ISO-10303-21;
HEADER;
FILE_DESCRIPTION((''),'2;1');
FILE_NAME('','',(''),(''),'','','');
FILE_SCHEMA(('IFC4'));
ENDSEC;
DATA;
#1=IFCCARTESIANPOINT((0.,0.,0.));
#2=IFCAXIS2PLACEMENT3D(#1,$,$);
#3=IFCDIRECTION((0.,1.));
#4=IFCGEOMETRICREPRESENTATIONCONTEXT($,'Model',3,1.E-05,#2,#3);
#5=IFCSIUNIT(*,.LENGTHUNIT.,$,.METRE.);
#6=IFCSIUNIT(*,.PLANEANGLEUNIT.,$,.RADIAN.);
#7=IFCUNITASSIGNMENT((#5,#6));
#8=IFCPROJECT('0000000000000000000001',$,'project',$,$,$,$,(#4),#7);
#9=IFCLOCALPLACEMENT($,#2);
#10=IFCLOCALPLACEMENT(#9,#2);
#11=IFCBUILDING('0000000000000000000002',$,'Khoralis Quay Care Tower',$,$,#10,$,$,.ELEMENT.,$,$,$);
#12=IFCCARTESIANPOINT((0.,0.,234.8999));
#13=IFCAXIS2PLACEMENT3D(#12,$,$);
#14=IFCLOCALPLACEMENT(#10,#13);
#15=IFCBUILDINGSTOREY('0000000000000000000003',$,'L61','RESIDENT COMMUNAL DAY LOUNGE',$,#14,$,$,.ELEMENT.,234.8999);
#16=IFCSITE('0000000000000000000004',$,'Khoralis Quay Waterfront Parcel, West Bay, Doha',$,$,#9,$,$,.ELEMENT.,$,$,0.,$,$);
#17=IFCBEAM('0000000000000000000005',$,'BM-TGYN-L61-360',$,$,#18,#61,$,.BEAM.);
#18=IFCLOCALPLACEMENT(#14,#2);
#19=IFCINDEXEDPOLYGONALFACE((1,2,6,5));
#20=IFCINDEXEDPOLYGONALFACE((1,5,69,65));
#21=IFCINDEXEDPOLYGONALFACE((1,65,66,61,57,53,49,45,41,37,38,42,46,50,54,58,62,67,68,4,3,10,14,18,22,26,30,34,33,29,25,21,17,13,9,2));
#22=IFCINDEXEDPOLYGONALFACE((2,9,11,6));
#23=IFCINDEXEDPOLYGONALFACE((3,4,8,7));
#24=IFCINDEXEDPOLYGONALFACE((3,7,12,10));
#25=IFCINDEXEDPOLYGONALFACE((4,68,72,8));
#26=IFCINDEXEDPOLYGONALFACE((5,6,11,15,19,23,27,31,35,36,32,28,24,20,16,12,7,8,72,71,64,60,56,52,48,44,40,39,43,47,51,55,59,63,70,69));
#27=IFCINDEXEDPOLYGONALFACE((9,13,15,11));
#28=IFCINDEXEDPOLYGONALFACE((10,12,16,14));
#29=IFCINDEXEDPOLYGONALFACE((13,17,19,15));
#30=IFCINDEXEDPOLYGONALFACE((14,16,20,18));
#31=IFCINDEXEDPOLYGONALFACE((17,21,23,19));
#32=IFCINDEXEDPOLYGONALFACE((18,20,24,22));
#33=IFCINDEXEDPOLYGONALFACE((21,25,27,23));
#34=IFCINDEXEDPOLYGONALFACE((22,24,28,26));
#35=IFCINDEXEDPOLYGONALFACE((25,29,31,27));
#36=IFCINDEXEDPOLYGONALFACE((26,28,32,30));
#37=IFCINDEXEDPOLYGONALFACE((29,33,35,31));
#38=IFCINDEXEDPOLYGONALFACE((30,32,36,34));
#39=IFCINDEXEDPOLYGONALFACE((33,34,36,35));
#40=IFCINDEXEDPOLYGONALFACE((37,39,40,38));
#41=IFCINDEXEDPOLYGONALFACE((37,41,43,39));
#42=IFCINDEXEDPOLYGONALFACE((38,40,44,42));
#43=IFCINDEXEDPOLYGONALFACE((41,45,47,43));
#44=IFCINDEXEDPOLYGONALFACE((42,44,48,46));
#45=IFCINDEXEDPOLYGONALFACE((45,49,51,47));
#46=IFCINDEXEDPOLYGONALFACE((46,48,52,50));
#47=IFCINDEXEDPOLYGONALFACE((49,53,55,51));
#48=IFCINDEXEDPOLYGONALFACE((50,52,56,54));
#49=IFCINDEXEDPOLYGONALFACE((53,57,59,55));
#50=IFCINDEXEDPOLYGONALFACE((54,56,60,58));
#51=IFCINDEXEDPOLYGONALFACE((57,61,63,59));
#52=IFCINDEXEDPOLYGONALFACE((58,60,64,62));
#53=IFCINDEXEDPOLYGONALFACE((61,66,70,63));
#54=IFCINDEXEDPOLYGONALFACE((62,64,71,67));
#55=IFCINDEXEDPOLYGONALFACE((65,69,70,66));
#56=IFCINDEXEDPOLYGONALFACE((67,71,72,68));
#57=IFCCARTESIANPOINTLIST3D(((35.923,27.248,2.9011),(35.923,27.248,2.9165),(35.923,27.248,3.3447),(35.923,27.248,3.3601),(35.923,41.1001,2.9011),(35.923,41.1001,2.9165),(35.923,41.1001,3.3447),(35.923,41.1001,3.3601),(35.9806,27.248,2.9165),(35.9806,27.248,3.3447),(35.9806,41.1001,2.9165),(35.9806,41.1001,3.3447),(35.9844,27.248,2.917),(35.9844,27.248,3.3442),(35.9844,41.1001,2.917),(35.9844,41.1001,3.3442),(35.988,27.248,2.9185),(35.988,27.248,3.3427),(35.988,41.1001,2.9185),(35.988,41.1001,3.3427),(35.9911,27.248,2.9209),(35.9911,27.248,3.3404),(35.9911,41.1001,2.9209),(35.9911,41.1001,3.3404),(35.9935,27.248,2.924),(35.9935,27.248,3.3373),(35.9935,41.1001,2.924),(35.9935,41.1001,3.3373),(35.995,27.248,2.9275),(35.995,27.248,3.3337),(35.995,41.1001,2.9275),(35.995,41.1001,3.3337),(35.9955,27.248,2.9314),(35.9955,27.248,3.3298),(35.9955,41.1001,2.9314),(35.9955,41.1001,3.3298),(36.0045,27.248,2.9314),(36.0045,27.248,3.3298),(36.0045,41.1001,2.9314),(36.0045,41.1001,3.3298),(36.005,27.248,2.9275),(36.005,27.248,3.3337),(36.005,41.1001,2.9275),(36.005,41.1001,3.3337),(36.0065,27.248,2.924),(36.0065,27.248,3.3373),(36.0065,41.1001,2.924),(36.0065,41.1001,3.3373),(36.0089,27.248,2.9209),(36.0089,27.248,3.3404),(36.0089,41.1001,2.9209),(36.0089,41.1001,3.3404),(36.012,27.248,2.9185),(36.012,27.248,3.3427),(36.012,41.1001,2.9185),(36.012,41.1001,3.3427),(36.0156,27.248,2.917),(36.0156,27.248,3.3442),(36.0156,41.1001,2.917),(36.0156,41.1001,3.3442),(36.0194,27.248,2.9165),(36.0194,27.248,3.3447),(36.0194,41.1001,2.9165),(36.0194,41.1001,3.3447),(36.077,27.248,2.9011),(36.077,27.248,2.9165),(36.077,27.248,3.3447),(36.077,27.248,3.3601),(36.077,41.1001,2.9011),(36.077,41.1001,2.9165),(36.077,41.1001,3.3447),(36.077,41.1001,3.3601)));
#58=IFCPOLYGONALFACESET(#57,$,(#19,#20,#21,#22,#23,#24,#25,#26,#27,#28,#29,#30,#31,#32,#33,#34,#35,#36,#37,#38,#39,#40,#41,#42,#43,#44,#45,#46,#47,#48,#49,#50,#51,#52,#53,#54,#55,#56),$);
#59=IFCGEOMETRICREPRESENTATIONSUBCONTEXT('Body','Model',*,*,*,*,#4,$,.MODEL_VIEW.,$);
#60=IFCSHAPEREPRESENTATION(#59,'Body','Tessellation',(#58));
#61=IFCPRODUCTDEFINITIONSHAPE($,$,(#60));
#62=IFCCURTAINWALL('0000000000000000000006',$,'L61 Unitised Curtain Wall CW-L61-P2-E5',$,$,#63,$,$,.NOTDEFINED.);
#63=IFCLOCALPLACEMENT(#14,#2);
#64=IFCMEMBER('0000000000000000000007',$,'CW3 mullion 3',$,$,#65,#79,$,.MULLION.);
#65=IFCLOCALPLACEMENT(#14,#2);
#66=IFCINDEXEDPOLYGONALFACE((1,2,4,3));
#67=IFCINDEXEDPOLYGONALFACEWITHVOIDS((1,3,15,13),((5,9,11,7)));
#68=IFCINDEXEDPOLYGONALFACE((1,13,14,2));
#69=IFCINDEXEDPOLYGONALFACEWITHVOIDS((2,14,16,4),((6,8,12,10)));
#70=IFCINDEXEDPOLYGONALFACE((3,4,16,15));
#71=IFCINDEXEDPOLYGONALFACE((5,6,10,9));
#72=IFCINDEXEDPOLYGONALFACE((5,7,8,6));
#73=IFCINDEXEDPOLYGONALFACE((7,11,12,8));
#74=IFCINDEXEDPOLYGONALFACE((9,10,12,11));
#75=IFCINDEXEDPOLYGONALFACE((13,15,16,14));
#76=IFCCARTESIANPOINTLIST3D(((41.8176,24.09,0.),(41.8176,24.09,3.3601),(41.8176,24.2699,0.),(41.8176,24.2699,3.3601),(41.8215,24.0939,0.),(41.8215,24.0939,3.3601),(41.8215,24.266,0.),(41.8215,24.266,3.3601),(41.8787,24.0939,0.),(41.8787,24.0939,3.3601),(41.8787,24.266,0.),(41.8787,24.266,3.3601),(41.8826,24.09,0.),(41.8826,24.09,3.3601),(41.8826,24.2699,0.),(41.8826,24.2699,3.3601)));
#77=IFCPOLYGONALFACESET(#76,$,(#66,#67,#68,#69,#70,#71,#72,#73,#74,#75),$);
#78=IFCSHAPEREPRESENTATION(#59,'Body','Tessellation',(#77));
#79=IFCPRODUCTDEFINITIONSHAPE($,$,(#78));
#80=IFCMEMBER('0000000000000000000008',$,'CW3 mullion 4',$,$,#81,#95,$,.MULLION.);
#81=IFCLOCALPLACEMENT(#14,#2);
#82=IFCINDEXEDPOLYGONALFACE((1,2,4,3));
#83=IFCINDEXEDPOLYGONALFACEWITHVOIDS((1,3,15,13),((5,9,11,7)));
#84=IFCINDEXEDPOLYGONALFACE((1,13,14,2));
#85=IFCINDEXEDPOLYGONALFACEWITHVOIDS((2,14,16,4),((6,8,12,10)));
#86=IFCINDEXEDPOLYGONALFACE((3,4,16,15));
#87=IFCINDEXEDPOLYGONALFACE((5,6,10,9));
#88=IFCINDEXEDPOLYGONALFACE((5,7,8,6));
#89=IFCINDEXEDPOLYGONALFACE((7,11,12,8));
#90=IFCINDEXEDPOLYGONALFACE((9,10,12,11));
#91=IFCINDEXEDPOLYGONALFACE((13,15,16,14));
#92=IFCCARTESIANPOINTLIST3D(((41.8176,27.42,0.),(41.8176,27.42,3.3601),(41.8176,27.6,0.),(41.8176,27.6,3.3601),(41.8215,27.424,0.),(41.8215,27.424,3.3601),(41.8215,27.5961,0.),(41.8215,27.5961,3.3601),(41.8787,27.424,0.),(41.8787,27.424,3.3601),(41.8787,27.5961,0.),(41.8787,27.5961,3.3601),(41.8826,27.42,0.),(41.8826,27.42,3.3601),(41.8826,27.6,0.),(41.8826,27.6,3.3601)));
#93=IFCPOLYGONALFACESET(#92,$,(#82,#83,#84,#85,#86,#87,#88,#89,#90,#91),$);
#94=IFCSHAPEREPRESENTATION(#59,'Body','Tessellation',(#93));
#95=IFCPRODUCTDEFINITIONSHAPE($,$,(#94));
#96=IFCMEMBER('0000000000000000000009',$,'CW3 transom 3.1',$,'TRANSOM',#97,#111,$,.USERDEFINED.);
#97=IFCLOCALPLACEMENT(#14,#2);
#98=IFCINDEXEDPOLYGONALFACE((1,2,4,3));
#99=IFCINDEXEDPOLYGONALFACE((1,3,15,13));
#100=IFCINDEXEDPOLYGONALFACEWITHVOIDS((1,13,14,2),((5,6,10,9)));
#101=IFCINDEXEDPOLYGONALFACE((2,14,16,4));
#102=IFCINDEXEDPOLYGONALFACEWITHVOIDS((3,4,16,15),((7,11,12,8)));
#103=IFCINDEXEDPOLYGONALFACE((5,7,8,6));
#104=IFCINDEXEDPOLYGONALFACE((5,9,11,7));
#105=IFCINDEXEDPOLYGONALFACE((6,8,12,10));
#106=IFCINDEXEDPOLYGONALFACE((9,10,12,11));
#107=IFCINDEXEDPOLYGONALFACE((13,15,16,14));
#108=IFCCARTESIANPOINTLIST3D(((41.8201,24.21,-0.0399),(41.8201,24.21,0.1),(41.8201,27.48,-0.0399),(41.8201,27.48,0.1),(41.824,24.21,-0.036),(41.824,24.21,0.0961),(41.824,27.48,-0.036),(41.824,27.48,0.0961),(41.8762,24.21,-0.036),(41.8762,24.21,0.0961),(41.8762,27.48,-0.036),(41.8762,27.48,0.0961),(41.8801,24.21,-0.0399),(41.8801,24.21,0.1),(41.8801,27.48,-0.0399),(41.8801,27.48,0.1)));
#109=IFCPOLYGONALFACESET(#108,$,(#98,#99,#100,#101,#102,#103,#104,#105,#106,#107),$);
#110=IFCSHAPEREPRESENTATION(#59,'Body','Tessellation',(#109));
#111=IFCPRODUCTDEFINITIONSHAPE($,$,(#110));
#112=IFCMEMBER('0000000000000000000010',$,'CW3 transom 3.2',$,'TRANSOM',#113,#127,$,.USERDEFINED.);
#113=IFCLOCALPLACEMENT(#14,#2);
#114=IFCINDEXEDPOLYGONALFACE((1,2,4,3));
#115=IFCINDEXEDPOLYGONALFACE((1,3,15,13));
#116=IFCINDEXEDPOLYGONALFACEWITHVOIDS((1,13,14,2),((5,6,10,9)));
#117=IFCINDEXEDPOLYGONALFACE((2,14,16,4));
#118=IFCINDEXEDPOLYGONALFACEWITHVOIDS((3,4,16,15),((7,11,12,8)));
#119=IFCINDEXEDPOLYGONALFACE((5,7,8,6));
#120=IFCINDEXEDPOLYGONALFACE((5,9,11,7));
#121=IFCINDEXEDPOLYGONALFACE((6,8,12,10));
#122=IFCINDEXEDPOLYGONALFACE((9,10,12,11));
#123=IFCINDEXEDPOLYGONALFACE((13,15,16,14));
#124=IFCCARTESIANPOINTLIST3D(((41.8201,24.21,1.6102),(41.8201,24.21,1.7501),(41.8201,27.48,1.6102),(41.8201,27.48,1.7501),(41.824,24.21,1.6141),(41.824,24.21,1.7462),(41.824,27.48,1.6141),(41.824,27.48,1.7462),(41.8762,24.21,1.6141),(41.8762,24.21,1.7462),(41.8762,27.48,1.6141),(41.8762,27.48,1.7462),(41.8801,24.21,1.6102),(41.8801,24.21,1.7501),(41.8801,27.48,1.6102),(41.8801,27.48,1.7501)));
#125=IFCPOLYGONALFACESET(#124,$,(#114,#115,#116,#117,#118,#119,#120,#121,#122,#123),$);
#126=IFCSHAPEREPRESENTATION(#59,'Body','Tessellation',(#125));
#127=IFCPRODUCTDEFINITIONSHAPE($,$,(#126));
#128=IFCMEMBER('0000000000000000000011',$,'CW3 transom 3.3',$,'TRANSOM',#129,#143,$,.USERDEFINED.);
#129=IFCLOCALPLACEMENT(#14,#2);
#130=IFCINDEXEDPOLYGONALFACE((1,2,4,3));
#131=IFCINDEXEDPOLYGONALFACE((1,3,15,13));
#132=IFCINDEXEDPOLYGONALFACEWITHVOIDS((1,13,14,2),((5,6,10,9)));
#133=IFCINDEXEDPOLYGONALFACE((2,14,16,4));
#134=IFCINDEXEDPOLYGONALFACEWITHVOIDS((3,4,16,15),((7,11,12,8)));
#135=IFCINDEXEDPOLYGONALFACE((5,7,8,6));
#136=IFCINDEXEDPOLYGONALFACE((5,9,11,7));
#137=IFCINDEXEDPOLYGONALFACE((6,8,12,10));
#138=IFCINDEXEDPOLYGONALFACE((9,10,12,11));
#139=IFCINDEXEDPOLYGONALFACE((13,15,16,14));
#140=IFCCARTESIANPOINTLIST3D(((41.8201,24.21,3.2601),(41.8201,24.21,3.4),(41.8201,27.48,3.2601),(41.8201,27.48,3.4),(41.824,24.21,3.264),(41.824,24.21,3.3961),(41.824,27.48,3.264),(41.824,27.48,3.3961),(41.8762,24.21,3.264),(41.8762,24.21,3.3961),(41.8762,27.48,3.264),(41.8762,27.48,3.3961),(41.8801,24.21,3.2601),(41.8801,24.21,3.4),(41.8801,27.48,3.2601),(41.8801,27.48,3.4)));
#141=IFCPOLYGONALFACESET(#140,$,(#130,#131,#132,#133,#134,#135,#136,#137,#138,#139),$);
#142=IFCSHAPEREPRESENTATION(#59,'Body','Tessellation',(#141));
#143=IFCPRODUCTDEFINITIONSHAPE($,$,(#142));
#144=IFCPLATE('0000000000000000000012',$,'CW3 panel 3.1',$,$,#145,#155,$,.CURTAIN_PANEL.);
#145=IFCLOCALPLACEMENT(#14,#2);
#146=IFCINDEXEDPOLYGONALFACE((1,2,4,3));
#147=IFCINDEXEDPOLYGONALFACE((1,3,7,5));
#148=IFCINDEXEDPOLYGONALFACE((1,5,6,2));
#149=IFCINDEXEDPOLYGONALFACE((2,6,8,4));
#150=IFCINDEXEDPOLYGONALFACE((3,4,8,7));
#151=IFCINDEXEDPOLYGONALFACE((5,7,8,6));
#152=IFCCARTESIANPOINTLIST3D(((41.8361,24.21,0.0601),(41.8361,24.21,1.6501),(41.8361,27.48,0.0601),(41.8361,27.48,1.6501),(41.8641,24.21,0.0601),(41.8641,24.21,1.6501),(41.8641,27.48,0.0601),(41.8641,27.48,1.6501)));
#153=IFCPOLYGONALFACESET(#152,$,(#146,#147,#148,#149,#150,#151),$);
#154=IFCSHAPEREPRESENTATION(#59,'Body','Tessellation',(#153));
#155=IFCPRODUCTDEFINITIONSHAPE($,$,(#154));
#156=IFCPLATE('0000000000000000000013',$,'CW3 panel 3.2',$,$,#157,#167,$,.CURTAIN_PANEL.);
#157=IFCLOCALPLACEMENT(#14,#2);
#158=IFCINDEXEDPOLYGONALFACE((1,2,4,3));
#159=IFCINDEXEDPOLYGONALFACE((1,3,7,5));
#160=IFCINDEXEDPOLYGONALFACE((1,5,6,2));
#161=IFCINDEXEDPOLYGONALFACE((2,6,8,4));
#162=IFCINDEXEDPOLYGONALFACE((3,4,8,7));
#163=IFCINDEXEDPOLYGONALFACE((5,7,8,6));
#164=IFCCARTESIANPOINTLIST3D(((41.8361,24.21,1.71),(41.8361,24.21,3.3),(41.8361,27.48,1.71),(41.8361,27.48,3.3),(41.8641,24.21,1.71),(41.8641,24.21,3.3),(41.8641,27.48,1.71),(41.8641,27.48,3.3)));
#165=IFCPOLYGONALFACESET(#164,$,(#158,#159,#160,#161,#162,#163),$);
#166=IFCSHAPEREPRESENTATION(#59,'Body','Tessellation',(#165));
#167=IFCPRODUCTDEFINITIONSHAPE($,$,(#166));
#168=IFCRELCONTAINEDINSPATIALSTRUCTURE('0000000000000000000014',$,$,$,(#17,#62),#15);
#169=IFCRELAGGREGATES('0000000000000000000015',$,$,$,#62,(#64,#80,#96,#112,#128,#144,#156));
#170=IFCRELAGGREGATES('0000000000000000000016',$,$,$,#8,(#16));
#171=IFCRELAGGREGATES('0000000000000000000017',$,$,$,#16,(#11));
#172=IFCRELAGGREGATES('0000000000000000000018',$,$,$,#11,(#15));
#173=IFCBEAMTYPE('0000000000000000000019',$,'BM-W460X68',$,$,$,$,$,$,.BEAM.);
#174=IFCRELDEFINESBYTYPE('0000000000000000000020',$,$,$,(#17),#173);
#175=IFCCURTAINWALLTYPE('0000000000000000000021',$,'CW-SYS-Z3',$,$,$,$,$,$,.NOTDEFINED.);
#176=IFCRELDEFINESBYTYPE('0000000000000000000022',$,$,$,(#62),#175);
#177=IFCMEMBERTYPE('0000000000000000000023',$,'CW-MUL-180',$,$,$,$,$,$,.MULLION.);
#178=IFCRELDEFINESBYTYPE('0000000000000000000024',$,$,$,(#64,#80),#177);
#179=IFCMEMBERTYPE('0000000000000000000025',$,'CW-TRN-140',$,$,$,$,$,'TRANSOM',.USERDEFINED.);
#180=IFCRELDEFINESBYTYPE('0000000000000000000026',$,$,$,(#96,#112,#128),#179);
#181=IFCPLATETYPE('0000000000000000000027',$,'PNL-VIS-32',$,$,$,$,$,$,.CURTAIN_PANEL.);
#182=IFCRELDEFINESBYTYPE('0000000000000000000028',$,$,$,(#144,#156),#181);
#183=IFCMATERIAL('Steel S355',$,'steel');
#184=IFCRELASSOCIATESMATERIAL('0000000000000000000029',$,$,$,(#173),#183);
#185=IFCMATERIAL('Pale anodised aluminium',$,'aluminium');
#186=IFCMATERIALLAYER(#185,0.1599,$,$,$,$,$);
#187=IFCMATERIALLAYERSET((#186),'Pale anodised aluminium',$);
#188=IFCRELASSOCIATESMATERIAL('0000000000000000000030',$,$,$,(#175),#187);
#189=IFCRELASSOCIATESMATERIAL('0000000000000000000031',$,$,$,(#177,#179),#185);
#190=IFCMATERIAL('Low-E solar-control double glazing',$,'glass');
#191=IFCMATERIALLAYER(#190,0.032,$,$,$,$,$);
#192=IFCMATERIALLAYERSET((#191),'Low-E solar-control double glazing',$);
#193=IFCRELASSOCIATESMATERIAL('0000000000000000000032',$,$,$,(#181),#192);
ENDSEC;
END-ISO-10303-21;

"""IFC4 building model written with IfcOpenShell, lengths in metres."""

from ifc_helpers import new_model, si_unit, direction, frame, origin, origin_2d, place, context, subcontext, project, spatial, rectangle, hollow_rectangle, i_section, extrude, source, transform, mapped, material, layer, layer_set, material_profile, profile_set, type_object, element, aggregate, save


model = new_model("IFC4")

# Units and contexts
model_context = context("Model", 3, precision=1e-05, world=origin(), true_north=direction((0.0, 1.0)))
body_context = subcontext(model_context, "Body", "Model", "MODEL_VIEW")
ifc_project = project(units=[si_unit("LENGTHUNIT", "METRE"), si_unit("PLANEANGLEUNIT", "RADIAN")], contexts=[model_context])

# Site, building, storey
site_placement = place(None, origin())
site = spatial("IfcSite", under=ifc_project, at=site_placement, Name="Khoralis Quay Waterfront Parcel, West Bay, Doha", CompositionType="ELEMENT", RefElevation=0.0)
building_placement = place(site_placement, origin())
building = spatial("IfcBuilding", under=site, at=building_placement, Name="Khoralis Quay Care Tower", CompositionType="ELEMENT")
storey_placement = place(building_placement, frame((0.0, 0.0, 234.8999)))
storey = spatial("IfcBuildingStorey", under=building, at=storey_placement, Name="L61", Description="RESIDENT COMMUNAL DAY LOUNGE", CompositionType="ELEMENT", Elevation=234.8999)

# Beam
ifc_material_1 = material(Name="Steel S355", Category="steel")
ifc_material_profile_1 = material_profile(ifc_material_1, i_section(OverallWidth=0.1541, OverallDepth=0.459, WebThickness=0.009, FlangeThickness=0.0154, FilletRadius=0.0149, at=origin_2d()), Name="Steel S355")
ifc_profile_set_1 = profile_set([ifc_material_profile_1], Name="Steel S355")
beam_type_1 = type_object("IfcBeamType", Name="BM-W460X68", PredefinedType="BEAM", material=ifc_profile_set_1)
shared_shape_1 = source(origin(), body_context, "Body", "SweptSolid", [
    extrude(i_section(OverallWidth=0.1541, OverallDepth=0.459, WebThickness=0.009, FlangeThickness=0.0154, FilletRadius=0.0149, at=origin_2d()), origin(), (0.0, 0.0, 1.0), 13.8521),
])
beam_1_placement = place(storey_placement, frame((36.0, 27.248, 3.1306), z_axis=(0.0, 1.0, 0.0), x_axis=(-1.0, 0.0, 0.0)))
element("IfcBeam", 1, at=beam_1_placement, inside=storey, type_object=beam_type_1, Name="BM-TGYN-L61-360", PredefinedType="BEAM", context=body_context, shape_type="MappedRepresentation", body=[
    mapped(shared_shape_1, transform((0.0, 0.0, 0.0), scale=1.0)),
])

# Curtain wall, members, plates
ifc_material_2 = material(Name="Pale anodised aluminium", Category="aluminium")
ifc_layer_1 = layer(ifc_material_2, 0.1599)
ifc_layer_set_1 = layer_set([ifc_layer_1], Name="Pale anodised aluminium")
curtain_wall_type = type_object("IfcCurtainWallType", Name="CW-SYS-Z3", PredefinedType="NOTDEFINED", material=ifc_layer_set_1)
curtain_wall_placement = place(storey_placement, origin())
curtain_wall = element("IfcCurtainWall", 2, at=curtain_wall_placement, inside=storey, type_object=curtain_wall_type, Name="L61 Unitised Curtain Wall CW-L61-P2-E5", PredefinedType="NOTDEFINED")
ifc_material_profile_2 = material_profile(ifc_material_2, hollow_rectangle(XDim=0.0649, YDim=0.1799, WallThickness=0.0039, at=origin_2d()), Name="Pale anodised aluminium")
ifc_profile_set_2 = profile_set([ifc_material_profile_2], Name="Pale anodised aluminium")
member_type_1 = type_object("IfcMemberType", Name="CW-MUL-180", PredefinedType="MULLION", material=ifc_profile_set_2)
shared_shape_2 = source(origin(), body_context, "Body", "SweptSolid", [
    extrude(hollow_rectangle(XDim=0.0649, YDim=0.1799, WallThickness=0.0039, at=origin_2d()), origin(), (0.0, 0.0, 1.0), 3.3601),
])
member_1_placement = place(storey_placement, frame((41.8501, 24.1799, 0.0), z_axis=(0.0, 0.0, 1.0), x_axis=(-1.0, 0.0, 0.0)))
member_1 = element("IfcMember", 3, at=member_1_placement, type_object=member_type_1, Name="CW3 mullion 3", PredefinedType="MULLION", context=body_context, shape_type="MappedRepresentation", body=[
    mapped(shared_shape_2, transform((0.0, 0.0, 0.0), scale=1.0)),
])
member_2_placement = place(storey_placement, frame((41.8501, 27.51, 0.0), z_axis=(0.0, 0.0, 1.0), x_axis=(-1.0, 0.0, 0.0)))
member_2 = element("IfcMember", 4, at=member_2_placement, type_object=member_type_1, Name="CW3 mullion 4", PredefinedType="MULLION", context=body_context, shape_type="MappedRepresentation", body=[
    mapped(shared_shape_2, transform((0.0, 0.0, 0.0), scale=1.0)),
])
ifc_material_profile_3 = material_profile(ifc_material_2, hollow_rectangle(XDim=0.0601, YDim=0.1399, WallThickness=0.0039, at=origin_2d()), Name="Pale anodised aluminium")
ifc_profile_set_3 = profile_set([ifc_material_profile_3], Name="Pale anodised aluminium")
member_type_2 = type_object("IfcMemberType", Name="CW-TRN-140", ElementType="TRANSOM", PredefinedType="USERDEFINED", material=ifc_profile_set_3)
shared_shape_3 = source(origin(), body_context, "Body", "SweptSolid", [
    extrude(hollow_rectangle(XDim=0.0601, YDim=0.1399, WallThickness=0.0039, at=origin_2d()), origin(), (0.0, 0.0, 1.0), 3.27),
])
member_3_placement = place(storey_placement, frame((41.8501, 24.21, 0.03), z_axis=(0.0, 1.0, 0.0), x_axis=(-1.0, 0.0, 0.0)))
member_3 = element("IfcMember", 5, at=member_3_placement, type_object=member_type_2, Name="CW3 transom 3.1", ObjectType="TRANSOM", PredefinedType="USERDEFINED", context=body_context, shape_type="MappedRepresentation", body=[
    mapped(shared_shape_3, transform((0.0, 0.0, 0.0), scale=1.0)),
])
member_4_placement = place(storey_placement, frame((41.8501, 24.21, 1.6802), z_axis=(0.0, 1.0, 0.0), x_axis=(-1.0, 0.0, 0.0)))
member_4 = element("IfcMember", 6, at=member_4_placement, type_object=member_type_2, Name="CW3 transom 3.2", ObjectType="TRANSOM", PredefinedType="USERDEFINED", context=body_context, shape_type="MappedRepresentation", body=[
    mapped(shared_shape_3, transform((0.0, 0.0, 0.0), scale=1.0)),
])
member_5_placement = place(storey_placement, frame((41.8501, 24.21, 3.3301), z_axis=(0.0, 1.0, 0.0), x_axis=(-1.0, 0.0, 0.0)))
member_5 = element("IfcMember", 7, at=member_5_placement, type_object=member_type_2, Name="CW3 transom 3.3", ObjectType="TRANSOM", PredefinedType="USERDEFINED", context=body_context, shape_type="MappedRepresentation", body=[
    mapped(shared_shape_3, transform((0.0, 0.0, 0.0), scale=1.0)),
])
ifc_material_3 = material(Name="Low-E solar-control double glazing", Category="glass")
ifc_layer_2 = layer(ifc_material_3, 0.032)
ifc_layer_set_2 = layer_set([ifc_layer_2], Name="Low-E solar-control double glazing")
plate_type = type_object("IfcPlateType", Name="PNL-VIS-32", PredefinedType="CURTAIN_PANEL", material=ifc_layer_set_2)
shared_shape_4 = source(origin(), body_context, "Body", "SweptSolid", [
    extrude(rectangle(XDim=3.27, YDim=0.0281, at=origin_2d()), origin(), (0.0, 0.0, 1.0), 1.5901),
])
plate_1_placement = place(storey_placement, frame((41.8501, 25.845, 0.0601), z_axis=(0.0, 0.0, 1.0), x_axis=(0.0, 1.0, 0.0)))
plate_1 = element("IfcPlate", 8, at=plate_1_placement, type_object=plate_type, Name="CW3 panel 3.1", PredefinedType="CURTAIN_PANEL", context=body_context, shape_type="MappedRepresentation", body=[
    mapped(shared_shape_4, transform((0.0, 0.0, 0.0), scale=1.0)),
])
plate_2_placement = place(storey_placement, frame((41.8501, 25.845, 1.71), z_axis=(0.0, 0.0, 1.0), x_axis=(0.0, 1.0, 0.0)))
plate_2 = element("IfcPlate", 9, at=plate_2_placement, type_object=plate_type, Name="CW3 panel 3.2", PredefinedType="CURTAIN_PANEL", context=body_context, shape_type="MappedRepresentation", body=[
    mapped(shared_shape_4, transform((0.0, 0.0, 0.0), scale=1.0)),
])
aggregate(curtain_wall, [member_1, member_2, member_3, member_4, member_5, plate_1, plate_2])

save(model, "model.ifc")
